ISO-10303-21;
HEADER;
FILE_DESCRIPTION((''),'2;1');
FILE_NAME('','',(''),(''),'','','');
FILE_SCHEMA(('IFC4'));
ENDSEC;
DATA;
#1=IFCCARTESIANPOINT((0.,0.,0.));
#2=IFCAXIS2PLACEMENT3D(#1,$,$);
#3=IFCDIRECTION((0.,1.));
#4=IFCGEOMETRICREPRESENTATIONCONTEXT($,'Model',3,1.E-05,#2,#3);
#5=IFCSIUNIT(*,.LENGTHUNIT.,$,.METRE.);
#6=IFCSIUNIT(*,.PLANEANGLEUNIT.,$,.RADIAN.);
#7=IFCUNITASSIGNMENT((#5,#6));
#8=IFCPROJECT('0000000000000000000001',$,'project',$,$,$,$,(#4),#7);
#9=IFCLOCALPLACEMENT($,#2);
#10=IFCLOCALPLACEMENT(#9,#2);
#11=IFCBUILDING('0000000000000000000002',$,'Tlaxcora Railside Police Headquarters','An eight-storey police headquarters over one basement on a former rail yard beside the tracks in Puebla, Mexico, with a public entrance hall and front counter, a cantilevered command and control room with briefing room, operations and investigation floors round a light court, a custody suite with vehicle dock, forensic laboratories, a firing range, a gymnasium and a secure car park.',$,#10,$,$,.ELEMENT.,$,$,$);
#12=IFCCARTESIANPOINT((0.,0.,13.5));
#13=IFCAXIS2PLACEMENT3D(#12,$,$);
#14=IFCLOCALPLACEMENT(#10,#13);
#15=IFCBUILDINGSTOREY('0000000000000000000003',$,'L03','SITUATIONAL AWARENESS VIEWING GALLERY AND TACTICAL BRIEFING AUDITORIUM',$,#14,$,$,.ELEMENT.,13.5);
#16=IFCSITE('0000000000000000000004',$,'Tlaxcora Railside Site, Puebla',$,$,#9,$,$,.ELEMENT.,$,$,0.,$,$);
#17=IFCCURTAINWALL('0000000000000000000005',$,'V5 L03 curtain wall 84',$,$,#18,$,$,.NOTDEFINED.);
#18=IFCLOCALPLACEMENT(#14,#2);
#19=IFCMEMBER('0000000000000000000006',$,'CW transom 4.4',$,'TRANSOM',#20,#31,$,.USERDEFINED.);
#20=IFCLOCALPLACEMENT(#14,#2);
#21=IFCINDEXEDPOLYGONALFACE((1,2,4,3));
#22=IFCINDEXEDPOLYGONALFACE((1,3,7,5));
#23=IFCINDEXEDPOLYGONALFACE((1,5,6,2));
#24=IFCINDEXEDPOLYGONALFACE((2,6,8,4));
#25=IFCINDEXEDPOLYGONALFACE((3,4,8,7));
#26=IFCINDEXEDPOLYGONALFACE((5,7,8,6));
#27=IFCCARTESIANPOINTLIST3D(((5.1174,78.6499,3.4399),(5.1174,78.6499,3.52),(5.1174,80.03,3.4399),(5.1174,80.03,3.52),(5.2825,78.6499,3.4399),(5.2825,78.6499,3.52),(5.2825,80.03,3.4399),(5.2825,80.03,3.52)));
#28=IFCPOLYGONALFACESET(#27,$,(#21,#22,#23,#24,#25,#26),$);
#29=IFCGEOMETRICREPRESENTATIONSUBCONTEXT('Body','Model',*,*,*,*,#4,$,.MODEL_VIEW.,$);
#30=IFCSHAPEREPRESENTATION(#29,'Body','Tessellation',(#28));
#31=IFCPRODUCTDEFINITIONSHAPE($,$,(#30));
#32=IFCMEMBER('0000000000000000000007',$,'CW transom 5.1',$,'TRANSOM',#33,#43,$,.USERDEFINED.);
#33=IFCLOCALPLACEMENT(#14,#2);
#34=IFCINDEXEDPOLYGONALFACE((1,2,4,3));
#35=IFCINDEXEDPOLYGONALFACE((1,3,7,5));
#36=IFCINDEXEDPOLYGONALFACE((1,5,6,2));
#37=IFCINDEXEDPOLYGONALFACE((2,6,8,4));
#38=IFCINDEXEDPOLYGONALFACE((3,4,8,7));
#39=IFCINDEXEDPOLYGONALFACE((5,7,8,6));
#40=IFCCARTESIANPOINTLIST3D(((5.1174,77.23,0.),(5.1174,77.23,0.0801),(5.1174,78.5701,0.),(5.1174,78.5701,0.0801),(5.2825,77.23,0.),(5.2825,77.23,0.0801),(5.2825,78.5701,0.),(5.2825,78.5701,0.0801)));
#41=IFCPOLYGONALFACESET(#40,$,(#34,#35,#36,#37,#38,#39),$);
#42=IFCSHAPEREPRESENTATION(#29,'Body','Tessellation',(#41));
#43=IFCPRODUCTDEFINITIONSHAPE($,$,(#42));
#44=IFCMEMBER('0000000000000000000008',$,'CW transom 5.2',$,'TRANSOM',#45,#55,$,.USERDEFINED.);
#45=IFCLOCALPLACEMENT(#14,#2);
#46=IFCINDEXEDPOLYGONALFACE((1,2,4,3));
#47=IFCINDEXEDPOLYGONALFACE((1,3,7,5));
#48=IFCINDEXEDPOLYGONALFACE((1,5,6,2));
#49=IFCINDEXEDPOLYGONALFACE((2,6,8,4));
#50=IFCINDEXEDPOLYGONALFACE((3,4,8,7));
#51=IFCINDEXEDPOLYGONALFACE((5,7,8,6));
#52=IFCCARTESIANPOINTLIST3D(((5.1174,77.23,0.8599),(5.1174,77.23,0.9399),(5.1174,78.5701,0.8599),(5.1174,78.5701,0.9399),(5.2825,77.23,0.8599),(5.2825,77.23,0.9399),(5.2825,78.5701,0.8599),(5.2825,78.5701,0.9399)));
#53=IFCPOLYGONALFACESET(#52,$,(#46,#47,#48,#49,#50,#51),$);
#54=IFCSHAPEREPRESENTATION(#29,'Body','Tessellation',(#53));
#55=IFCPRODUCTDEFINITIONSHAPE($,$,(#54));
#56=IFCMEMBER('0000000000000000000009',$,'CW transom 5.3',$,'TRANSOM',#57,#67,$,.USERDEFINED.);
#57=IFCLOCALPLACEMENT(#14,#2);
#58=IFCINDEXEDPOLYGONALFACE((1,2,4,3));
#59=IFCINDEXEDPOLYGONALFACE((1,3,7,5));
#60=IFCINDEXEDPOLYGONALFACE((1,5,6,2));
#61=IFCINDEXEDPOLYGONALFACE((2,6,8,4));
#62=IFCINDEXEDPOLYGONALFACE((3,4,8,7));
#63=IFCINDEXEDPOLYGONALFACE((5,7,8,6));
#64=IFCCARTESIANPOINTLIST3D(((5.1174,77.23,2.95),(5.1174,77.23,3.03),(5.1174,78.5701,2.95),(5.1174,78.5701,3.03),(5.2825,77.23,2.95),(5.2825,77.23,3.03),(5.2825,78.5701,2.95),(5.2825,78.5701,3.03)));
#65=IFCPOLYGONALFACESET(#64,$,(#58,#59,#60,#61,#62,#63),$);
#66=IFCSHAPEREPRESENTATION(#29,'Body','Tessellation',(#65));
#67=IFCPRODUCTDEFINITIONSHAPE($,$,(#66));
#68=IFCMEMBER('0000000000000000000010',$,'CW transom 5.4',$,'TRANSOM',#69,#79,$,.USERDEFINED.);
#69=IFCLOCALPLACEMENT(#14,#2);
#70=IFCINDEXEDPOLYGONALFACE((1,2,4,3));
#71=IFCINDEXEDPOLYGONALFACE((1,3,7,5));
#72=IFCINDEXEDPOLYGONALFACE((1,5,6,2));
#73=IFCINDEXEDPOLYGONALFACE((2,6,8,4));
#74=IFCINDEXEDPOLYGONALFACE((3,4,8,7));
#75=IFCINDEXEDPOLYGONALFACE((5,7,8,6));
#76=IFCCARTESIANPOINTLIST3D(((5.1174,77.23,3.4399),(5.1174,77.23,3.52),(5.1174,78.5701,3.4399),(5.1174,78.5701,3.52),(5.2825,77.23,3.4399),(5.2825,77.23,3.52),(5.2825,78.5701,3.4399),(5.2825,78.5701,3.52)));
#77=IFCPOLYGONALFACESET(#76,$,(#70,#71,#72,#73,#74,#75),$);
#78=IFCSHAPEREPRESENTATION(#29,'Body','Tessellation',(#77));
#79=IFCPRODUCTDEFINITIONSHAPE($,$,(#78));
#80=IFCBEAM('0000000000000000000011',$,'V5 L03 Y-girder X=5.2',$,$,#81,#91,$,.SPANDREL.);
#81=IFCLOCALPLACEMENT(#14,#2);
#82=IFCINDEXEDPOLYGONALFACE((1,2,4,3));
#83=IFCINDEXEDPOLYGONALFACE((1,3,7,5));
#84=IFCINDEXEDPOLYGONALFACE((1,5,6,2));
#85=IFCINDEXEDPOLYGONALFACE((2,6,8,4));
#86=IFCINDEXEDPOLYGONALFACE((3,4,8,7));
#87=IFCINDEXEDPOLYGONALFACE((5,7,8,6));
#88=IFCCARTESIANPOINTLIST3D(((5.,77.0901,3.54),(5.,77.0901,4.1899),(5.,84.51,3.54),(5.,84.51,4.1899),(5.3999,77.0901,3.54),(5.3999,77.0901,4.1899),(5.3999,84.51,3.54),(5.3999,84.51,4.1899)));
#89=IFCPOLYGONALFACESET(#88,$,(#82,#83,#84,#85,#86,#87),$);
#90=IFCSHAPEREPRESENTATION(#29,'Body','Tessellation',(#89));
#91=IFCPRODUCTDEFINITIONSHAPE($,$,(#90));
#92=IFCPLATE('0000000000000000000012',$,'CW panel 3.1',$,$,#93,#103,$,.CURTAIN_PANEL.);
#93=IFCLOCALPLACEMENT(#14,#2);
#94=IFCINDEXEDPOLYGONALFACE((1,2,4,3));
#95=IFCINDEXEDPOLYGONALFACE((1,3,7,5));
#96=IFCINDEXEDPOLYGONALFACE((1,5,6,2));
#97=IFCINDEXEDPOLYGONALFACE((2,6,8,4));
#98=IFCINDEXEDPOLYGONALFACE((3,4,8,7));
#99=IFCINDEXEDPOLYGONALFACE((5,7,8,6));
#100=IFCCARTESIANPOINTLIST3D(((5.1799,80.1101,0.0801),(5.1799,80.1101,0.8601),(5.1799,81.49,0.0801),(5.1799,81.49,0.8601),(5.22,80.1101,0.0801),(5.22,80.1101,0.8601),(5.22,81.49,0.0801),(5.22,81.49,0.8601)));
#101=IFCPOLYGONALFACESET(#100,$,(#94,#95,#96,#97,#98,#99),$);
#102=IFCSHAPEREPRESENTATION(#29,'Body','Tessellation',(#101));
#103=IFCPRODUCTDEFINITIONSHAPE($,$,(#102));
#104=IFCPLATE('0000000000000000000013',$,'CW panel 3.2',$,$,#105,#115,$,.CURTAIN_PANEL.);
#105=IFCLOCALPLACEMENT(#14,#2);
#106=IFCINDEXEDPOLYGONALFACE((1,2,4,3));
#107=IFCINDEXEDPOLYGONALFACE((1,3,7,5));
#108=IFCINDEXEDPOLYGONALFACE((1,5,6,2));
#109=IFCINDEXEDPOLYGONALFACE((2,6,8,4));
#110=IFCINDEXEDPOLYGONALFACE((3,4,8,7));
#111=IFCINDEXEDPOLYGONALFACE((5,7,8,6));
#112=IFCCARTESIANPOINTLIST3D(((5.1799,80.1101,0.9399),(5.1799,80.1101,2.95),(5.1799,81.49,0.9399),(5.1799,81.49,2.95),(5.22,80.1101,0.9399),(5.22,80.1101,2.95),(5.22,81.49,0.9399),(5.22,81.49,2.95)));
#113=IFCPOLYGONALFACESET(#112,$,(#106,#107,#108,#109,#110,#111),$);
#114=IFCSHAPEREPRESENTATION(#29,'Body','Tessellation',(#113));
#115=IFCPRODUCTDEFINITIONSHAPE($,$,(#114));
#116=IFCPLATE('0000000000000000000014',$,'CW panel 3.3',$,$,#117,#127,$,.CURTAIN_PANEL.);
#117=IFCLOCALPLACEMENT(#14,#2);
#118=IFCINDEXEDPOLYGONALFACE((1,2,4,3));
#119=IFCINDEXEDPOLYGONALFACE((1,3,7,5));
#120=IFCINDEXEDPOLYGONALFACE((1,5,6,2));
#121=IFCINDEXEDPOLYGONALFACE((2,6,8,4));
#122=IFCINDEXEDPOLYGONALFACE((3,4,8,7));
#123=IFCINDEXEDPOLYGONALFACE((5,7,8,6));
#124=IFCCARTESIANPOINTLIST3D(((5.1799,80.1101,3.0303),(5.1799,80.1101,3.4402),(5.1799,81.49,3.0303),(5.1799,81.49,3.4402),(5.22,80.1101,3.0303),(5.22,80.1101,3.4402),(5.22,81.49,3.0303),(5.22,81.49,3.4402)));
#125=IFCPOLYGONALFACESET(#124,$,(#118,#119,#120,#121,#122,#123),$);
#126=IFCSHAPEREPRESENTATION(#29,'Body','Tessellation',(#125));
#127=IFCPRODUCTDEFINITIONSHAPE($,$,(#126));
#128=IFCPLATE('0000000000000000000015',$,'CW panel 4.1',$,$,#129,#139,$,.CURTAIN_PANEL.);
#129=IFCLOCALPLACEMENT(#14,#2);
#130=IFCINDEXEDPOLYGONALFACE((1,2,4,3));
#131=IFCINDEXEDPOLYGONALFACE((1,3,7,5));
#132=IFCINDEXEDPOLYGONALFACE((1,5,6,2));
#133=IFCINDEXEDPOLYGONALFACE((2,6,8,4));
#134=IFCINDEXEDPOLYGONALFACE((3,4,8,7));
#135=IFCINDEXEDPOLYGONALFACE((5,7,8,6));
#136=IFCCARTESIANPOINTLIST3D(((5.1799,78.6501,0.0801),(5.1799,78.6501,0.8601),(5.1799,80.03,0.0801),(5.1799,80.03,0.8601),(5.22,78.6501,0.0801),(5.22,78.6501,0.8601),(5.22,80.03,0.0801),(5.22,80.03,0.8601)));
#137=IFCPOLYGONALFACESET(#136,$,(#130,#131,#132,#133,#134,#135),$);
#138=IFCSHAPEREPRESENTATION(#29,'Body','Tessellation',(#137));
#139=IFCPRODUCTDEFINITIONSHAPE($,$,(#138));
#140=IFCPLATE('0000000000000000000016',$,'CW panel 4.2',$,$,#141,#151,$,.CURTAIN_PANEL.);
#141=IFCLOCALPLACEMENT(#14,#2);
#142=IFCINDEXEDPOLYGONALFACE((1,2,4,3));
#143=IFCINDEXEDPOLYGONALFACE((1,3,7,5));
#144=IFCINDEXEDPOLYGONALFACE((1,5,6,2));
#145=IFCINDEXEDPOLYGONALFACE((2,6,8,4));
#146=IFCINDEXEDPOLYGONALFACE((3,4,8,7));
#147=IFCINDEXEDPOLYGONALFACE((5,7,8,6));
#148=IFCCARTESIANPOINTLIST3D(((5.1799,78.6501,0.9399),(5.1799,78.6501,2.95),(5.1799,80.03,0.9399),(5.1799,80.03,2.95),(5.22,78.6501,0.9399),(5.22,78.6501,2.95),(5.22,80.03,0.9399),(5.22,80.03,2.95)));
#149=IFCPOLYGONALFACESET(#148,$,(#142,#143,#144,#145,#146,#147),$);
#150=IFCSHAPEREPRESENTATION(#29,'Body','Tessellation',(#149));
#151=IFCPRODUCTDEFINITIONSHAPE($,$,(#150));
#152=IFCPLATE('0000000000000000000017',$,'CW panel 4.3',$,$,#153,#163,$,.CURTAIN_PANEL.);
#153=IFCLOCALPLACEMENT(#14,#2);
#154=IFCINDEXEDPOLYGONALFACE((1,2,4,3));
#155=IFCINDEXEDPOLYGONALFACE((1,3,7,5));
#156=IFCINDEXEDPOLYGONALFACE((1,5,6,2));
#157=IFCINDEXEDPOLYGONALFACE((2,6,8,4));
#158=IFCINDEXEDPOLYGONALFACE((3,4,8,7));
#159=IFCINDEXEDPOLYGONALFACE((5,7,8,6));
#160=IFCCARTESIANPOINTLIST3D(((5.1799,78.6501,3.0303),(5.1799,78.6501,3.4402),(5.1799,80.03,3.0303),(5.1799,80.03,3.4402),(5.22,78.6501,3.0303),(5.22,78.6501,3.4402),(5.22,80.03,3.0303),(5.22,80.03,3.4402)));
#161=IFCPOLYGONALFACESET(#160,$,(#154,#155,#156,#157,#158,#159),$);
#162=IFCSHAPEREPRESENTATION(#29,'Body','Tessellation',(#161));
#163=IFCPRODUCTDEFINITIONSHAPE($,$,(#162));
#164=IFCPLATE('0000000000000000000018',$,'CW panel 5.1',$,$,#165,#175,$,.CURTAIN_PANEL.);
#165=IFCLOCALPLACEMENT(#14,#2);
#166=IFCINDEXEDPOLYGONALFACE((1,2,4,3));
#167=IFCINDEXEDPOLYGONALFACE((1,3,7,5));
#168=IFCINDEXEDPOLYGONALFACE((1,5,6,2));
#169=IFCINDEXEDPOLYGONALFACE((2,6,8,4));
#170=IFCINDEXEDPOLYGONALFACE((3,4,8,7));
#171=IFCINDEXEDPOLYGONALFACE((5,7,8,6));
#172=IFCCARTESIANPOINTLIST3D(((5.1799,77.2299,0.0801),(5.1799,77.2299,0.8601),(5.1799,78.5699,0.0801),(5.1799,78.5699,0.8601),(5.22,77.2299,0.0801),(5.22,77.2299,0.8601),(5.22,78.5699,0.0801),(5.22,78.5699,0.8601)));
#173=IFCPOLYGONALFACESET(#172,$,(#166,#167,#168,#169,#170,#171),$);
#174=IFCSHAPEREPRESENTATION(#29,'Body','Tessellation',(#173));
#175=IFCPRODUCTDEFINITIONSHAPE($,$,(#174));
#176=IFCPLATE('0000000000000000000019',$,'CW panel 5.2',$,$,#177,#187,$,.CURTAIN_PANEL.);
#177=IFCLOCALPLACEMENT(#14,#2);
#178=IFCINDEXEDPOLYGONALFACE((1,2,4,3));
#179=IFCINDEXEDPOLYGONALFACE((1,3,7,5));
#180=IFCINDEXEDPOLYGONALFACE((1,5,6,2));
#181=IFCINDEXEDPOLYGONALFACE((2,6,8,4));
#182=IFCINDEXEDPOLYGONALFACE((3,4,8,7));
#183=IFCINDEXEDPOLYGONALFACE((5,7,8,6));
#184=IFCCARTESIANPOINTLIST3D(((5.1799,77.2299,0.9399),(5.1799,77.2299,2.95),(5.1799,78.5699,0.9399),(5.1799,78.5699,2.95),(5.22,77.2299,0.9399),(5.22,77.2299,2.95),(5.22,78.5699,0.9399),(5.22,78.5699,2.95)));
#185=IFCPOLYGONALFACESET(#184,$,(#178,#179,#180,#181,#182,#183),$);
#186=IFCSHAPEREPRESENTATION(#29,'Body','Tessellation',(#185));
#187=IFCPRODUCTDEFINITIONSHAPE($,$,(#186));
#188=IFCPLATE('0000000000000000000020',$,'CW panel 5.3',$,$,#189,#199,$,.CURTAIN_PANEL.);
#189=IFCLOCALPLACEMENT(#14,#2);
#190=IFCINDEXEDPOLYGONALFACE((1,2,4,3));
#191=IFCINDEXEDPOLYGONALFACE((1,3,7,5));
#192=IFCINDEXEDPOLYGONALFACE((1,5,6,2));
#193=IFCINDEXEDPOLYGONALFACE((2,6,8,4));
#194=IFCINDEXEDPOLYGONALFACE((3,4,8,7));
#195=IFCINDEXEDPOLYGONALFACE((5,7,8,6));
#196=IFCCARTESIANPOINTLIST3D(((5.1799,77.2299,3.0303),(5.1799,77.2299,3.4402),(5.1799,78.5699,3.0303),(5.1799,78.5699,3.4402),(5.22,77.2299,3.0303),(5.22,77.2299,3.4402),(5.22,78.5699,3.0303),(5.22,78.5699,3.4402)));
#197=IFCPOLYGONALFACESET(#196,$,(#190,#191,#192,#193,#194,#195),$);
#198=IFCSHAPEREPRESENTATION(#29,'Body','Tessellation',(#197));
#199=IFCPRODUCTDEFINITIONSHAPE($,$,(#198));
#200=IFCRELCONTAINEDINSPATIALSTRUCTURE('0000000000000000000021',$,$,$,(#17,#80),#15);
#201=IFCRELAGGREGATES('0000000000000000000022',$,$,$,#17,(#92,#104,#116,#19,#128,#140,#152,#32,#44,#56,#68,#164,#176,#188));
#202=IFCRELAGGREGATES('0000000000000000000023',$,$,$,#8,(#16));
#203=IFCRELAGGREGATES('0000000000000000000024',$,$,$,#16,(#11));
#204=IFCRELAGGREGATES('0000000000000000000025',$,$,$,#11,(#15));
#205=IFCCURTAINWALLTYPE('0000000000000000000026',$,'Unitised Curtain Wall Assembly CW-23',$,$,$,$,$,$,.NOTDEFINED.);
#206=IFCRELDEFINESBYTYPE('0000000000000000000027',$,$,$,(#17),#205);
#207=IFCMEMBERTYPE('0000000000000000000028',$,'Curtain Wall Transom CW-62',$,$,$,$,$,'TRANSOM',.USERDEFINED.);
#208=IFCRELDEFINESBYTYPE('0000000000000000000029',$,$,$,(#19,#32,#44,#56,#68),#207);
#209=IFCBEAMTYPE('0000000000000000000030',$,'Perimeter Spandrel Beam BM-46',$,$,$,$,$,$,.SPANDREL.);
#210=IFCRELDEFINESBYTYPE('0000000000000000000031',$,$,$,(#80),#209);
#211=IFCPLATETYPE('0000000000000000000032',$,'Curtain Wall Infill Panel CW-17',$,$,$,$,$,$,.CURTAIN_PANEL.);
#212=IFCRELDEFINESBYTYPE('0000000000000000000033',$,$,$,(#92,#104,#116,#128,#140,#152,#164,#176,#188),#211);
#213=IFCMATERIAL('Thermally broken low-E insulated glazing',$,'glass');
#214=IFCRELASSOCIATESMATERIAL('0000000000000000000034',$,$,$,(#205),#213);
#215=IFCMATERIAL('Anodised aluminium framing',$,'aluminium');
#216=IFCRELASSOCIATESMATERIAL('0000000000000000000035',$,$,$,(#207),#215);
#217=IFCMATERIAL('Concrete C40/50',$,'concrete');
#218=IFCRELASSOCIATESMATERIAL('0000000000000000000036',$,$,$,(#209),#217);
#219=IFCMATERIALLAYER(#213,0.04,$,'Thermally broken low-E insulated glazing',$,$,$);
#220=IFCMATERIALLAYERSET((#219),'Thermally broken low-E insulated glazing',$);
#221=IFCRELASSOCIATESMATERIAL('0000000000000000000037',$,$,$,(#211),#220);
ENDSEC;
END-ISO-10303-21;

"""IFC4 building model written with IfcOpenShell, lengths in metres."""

from ifc_helpers import new_model, si_unit, direction, frame, origin, origin_2d, place, context, subcontext, project, spatial, rectangle, extrude, material, layer, layer_set, material_profile, profile_set, type_object, element, aggregate, save


model = new_model("IFC4")

# Units and contexts
model_context = context("Model", 3, precision=1e-05, world=origin(), true_north=direction((0.0, 1.0)))
body_context = subcontext(model_context, "Body", "Model", "MODEL_VIEW")
ifc_project = project(units=[si_unit("LENGTHUNIT", "METRE"), si_unit("PLANEANGLEUNIT", "RADIAN")], contexts=[model_context])

# Site, building, storey
site_placement = place(None, origin())
site = spatial("IfcSite", under=ifc_project, at=site_placement, Name="Tlaxcora Railside Site, Puebla", CompositionType="ELEMENT", RefElevation=0.0)
building_placement = place(site_placement, origin())
building = spatial("IfcBuilding", under=site, at=building_placement, Name="Tlaxcora Railside Police Headquarters", Description="An eight-storey police headquarters over one basement on a former rail yard beside the tracks in Puebla, Mexico, with a public entrance hall and front counter, a cantilevered command and control room with briefing room, operations and investigation floors round a light court, a custody suite with vehicle dock, forensic laboratories, a firing range, a gymnasium and a secure car park.", CompositionType="ELEMENT")
storey_placement = place(building_placement, frame((0.0, 0.0, 13.5)))
storey = spatial("IfcBuildingStorey", under=building, at=storey_placement, Name="L03", Description="SITUATIONAL AWARENESS VIEWING GALLERY AND TACTICAL BRIEFING AUDITORIUM", CompositionType="ELEMENT", Elevation=13.5)

# Shared definitions
ifc_material_1 = material(Name="Concrete C40/50", Category="concrete")

# Curtain wall
ifc_material_2 = material(Name="Thermally broken low-E insulated glazing", Category="glass")
curtain_wall_type_1 = type_object("IfcCurtainWallType", Name="Unitised Curtain Wall Assembly CW-23", PredefinedType="NOTDEFINED", material=ifc_material_2)
curtain_wall_1_placement = place(storey_placement, origin())
curtain_wall_1 = element("IfcCurtainWall", 1, at=curtain_wall_1_placement, inside=storey, type_object=curtain_wall_type_1, Name="V5 L03 curtain wall 84", PredefinedType="NOTDEFINED")
ifc_material_3 = material(Name="Anodised aluminium framing", Category="aluminium")

# Members
ifc_material_profile_1 = material_profile(ifc_material_3, rectangle(XDim=0.165, YDim=0.0801, at=origin_2d()), Name="AL80X165")
ifc_profile_set_1 = profile_set([ifc_material_profile_1], Name="Anodised aluminium framing")
member_type_1 = type_object("IfcMemberType", Name="Curtain Wall Transom CW-62", ElementType="TRANSOM", PredefinedType="USERDEFINED", material=ifc_profile_set_1)
member_1_placement = place(storey_placement, frame((5.2, 80.03, 3.48), z_axis=(0.0, -1.0, 0.0), x_axis=(1.0, 0.0, 0.0)))
member_1 = element("IfcMember", 2, at=member_1_placement, type_object=member_type_1, Name="CW transom 4.4", ObjectType="TRANSOM", PredefinedType="USERDEFINED", context=body_context, shape_type="SweptSolid", body=[
    extrude(rectangle(XDim=0.165, YDim=0.0801, at=origin_2d()), origin(), (0.0, 0.0, 1.0), 1.3801),
])
member_2_placement = place(storey_placement, frame((5.2, 78.5701, 0.04), z_axis=(0.0, -1.0, 0.0), x_axis=(1.0, 0.0, 0.0)))
member_2 = element("IfcMember", 3, at=member_2_placement, type_object=member_type_1, Name="CW transom 5.1", ObjectType="TRANSOM", PredefinedType="USERDEFINED", context=body_context, shape_type="SweptSolid", body=[
    extrude(rectangle(XDim=0.165, YDim=0.0801, at=origin_2d()), origin(), (0.0, 0.0, 1.0), 1.3401),
])
member_3_placement = place(storey_placement, frame((5.2, 78.5701, 0.8999), z_axis=(0.0, -1.0, 0.0), x_axis=(1.0, 0.0, 0.0)))
member_3 = element("IfcMember", 4, at=member_3_placement, type_object=member_type_1, Name="CW transom 5.2", ObjectType="TRANSOM", PredefinedType="USERDEFINED", context=body_context, shape_type="SweptSolid", body=[
    extrude(rectangle(XDim=0.165, YDim=0.0801, at=origin_2d()), origin(), (0.0, 0.0, 1.0), 1.3401),
])
member_4_placement = place(storey_placement, frame((5.2, 78.5701, 2.99), z_axis=(0.0, -1.0, 0.0), x_axis=(1.0, 0.0, 0.0)))
member_4 = element("IfcMember", 5, at=member_4_placement, type_object=member_type_1, Name="CW transom 5.3", ObjectType="TRANSOM", PredefinedType="USERDEFINED", context=body_context, shape_type="SweptSolid", body=[
    extrude(rectangle(XDim=0.165, YDim=0.0801, at=origin_2d()), origin(), (0.0, 0.0, 1.0), 1.3401),
])
member_5_placement = place(storey_placement, frame((5.2, 78.5701, 3.48), z_axis=(0.0, -1.0, 0.0), x_axis=(1.0, 0.0, 0.0)))
member_5 = element("IfcMember", 6, at=member_5_placement, type_object=member_type_1, Name="CW transom 5.4", ObjectType="TRANSOM", PredefinedType="USERDEFINED", context=body_context, shape_type="SweptSolid", body=[
    extrude(rectangle(XDim=0.165, YDim=0.0801, at=origin_2d()), origin(), (0.0, 0.0, 1.0), 1.3401),
])

# Beam
ifc_material_profile_2 = material_profile(ifc_material_1, rectangle(XDim=0.3999, YDim=0.6499, at=origin_2d()), Name="RC400X650")
ifc_profile_set_2 = profile_set([ifc_material_profile_2], Name="Concrete C40/50")
beam_type = type_object("IfcBeamType", Name="Perimeter Spandrel Beam BM-46", PredefinedType="SPANDREL", material=ifc_profile_set_2)
beam_placement = place(storey_placement, frame((5.2, 77.0901, 3.865), z_axis=(0.0, 1.0, 0.0), x_axis=(-1.0, 0.0, 0.0)))
element("IfcBeam", 7, at=beam_placement, inside=storey, type_object=beam_type, Name="V5 L03 Y-girder X=5.2", PredefinedType="SPANDREL", context=body_context, shape_type="SweptSolid", body=[
    extrude(rectangle(XDim=0.3999, YDim=0.6499, at=origin_2d()), origin(), (0.0, 0.0, 1.0), 7.4199),
])

# Plates
ifc_layer_1 = layer(ifc_material_2, 0.04, Name="Thermally broken low-E insulated glazing")
ifc_layer_set_1 = layer_set([ifc_layer_1], Name="Thermally broken low-E insulated glazing")
plate_type = type_object("IfcPlateType", Name="Curtain Wall Infill Panel CW-17", PredefinedType="CURTAIN_PANEL", material=ifc_layer_set_1)
plate_1_placement = place(storey_placement, frame((5.2, 80.8, 0.0801), z_axis=(0.0, 0.0, 1.0), x_axis=(0.0, -1.0, 0.0)))
plate_1 = element("IfcPlate", 8, at=plate_1_placement, type_object=plate_type, Name="CW panel 3.1", PredefinedType="CURTAIN_PANEL", context=body_context, shape_type="SweptSolid", body=[
    extrude(rectangle(XDim=1.3799, YDim=0.04, at=origin_2d()), origin(), (0.0, 0.0, 1.0), 0.78),
])
plate_2_placement = place(storey_placement, frame((5.2, 80.8, 0.9399), z_axis=(0.0, 0.0, 1.0), x_axis=(0.0, -1.0, 0.0)))
plate_2 = element("IfcPlate", 9, at=plate_2_placement, type_object=plate_type, Name="CW panel 3.2", PredefinedType="CURTAIN_PANEL", context=body_context, shape_type="SweptSolid", body=[
    extrude(rectangle(XDim=1.3799, YDim=0.04, at=origin_2d()), origin(), (0.0, 0.0, 1.0), 2.01),
])
plate_3_placement = place(storey_placement, frame((5.2, 80.8, 3.0303), z_axis=(0.0, 0.0, 1.0), x_axis=(0.0, -1.0, 0.0)))
plate_3 = element("IfcPlate", 10, at=plate_3_placement, type_object=plate_type, Name="CW panel 3.3", PredefinedType="CURTAIN_PANEL", context=body_context, shape_type="SweptSolid", body=[
    extrude(rectangle(XDim=1.3799, YDim=0.04, at=origin_2d()), origin(), (0.0, 0.0, 1.0), 0.4099),
])
plate_4_placement = place(storey_placement, frame((5.2, 79.3401, 0.0801), z_axis=(0.0, 0.0, 1.0), x_axis=(0.0, -1.0, 0.0)))
plate_4 = element("IfcPlate", 11, at=plate_4_placement, type_object=plate_type, Name="CW panel 4.1", PredefinedType="CURTAIN_PANEL", context=body_context, shape_type="SweptSolid", body=[
    extrude(rectangle(XDim=1.3799, YDim=0.04, at=origin_2d()), origin(), (0.0, 0.0, 1.0), 0.78),
])
plate_5_placement = place(storey_placement, frame((5.2, 79.3401, 0.9399), z_axis=(0.0, 0.0, 1.0), x_axis=(0.0, -1.0, 0.0)))
plate_5 = element("IfcPlate", 12, at=plate_5_placement, type_object=plate_type, Name="CW panel 4.2", PredefinedType="CURTAIN_PANEL", context=body_context, shape_type="SweptSolid", body=[
    extrude(rectangle(XDim=1.3799, YDim=0.04, at=origin_2d()), origin(), (0.0, 0.0, 1.0), 2.01),
])
plate_6_placement = place(storey_placement, frame((5.2, 79.3401, 3.0303), z_axis=(0.0, 0.0, 1.0), x_axis=(0.0, -1.0, 0.0)))
plate_6 = element("IfcPlate", 13, at=plate_6_placement, type_object=plate_type, Name="CW panel 4.3", PredefinedType="CURTAIN_PANEL", context=body_context, shape_type="SweptSolid", body=[
    extrude(rectangle(XDim=1.3799, YDim=0.04, at=origin_2d()), origin(), (0.0, 0.0, 1.0), 0.4099),
])
plate_7_placement = place(storey_placement, frame((5.2, 77.8999, 0.0801), z_axis=(0.0, 0.0, 1.0), x_axis=(0.0, -1.0, 0.0)))
plate_7 = element("IfcPlate", 14, at=plate_7_placement, type_object=plate_type, Name="CW panel 5.1", PredefinedType="CURTAIN_PANEL", context=body_context, shape_type="SweptSolid", body=[
    extrude(rectangle(XDim=1.3401, YDim=0.04, at=origin_2d()), origin(), (0.0, 0.0, 1.0), 0.78),
])
plate_8_placement = place(storey_placement, frame((5.2, 77.8999, 0.9399), z_axis=(0.0, 0.0, 1.0), x_axis=(0.0, -1.0, 0.0)))
plate_8 = element("IfcPlate", 15, at=plate_8_placement, type_object=plate_type, Name="CW panel 5.2", PredefinedType="CURTAIN_PANEL", context=body_context, shape_type="SweptSolid", body=[
    extrude(rectangle(XDim=1.3401, YDim=0.04, at=origin_2d()), origin(), (0.0, 0.0, 1.0), 2.01),
])
plate_9_placement = place(storey_placement, frame((5.2, 77.8999, 3.0303), z_axis=(0.0, 0.0, 1.0), x_axis=(0.0, -1.0, 0.0)))
plate_9 = element("IfcPlate", 16, at=plate_9_placement, type_object=plate_type, Name="CW panel 5.3", PredefinedType="CURTAIN_PANEL", context=body_context, shape_type="SweptSolid", body=[
    extrude(rectangle(XDim=1.3401, YDim=0.04, at=origin_2d()), origin(), (0.0, 0.0, 1.0), 0.4099),
])
aggregate(curtain_wall_1, [plate_1, plate_2, plate_3, member_1, plate_4, plate_5, plate_6, member_2, member_3, member_4, member_5, plate_7, plate_8, plate_9])

save(model, "model.ifc")
